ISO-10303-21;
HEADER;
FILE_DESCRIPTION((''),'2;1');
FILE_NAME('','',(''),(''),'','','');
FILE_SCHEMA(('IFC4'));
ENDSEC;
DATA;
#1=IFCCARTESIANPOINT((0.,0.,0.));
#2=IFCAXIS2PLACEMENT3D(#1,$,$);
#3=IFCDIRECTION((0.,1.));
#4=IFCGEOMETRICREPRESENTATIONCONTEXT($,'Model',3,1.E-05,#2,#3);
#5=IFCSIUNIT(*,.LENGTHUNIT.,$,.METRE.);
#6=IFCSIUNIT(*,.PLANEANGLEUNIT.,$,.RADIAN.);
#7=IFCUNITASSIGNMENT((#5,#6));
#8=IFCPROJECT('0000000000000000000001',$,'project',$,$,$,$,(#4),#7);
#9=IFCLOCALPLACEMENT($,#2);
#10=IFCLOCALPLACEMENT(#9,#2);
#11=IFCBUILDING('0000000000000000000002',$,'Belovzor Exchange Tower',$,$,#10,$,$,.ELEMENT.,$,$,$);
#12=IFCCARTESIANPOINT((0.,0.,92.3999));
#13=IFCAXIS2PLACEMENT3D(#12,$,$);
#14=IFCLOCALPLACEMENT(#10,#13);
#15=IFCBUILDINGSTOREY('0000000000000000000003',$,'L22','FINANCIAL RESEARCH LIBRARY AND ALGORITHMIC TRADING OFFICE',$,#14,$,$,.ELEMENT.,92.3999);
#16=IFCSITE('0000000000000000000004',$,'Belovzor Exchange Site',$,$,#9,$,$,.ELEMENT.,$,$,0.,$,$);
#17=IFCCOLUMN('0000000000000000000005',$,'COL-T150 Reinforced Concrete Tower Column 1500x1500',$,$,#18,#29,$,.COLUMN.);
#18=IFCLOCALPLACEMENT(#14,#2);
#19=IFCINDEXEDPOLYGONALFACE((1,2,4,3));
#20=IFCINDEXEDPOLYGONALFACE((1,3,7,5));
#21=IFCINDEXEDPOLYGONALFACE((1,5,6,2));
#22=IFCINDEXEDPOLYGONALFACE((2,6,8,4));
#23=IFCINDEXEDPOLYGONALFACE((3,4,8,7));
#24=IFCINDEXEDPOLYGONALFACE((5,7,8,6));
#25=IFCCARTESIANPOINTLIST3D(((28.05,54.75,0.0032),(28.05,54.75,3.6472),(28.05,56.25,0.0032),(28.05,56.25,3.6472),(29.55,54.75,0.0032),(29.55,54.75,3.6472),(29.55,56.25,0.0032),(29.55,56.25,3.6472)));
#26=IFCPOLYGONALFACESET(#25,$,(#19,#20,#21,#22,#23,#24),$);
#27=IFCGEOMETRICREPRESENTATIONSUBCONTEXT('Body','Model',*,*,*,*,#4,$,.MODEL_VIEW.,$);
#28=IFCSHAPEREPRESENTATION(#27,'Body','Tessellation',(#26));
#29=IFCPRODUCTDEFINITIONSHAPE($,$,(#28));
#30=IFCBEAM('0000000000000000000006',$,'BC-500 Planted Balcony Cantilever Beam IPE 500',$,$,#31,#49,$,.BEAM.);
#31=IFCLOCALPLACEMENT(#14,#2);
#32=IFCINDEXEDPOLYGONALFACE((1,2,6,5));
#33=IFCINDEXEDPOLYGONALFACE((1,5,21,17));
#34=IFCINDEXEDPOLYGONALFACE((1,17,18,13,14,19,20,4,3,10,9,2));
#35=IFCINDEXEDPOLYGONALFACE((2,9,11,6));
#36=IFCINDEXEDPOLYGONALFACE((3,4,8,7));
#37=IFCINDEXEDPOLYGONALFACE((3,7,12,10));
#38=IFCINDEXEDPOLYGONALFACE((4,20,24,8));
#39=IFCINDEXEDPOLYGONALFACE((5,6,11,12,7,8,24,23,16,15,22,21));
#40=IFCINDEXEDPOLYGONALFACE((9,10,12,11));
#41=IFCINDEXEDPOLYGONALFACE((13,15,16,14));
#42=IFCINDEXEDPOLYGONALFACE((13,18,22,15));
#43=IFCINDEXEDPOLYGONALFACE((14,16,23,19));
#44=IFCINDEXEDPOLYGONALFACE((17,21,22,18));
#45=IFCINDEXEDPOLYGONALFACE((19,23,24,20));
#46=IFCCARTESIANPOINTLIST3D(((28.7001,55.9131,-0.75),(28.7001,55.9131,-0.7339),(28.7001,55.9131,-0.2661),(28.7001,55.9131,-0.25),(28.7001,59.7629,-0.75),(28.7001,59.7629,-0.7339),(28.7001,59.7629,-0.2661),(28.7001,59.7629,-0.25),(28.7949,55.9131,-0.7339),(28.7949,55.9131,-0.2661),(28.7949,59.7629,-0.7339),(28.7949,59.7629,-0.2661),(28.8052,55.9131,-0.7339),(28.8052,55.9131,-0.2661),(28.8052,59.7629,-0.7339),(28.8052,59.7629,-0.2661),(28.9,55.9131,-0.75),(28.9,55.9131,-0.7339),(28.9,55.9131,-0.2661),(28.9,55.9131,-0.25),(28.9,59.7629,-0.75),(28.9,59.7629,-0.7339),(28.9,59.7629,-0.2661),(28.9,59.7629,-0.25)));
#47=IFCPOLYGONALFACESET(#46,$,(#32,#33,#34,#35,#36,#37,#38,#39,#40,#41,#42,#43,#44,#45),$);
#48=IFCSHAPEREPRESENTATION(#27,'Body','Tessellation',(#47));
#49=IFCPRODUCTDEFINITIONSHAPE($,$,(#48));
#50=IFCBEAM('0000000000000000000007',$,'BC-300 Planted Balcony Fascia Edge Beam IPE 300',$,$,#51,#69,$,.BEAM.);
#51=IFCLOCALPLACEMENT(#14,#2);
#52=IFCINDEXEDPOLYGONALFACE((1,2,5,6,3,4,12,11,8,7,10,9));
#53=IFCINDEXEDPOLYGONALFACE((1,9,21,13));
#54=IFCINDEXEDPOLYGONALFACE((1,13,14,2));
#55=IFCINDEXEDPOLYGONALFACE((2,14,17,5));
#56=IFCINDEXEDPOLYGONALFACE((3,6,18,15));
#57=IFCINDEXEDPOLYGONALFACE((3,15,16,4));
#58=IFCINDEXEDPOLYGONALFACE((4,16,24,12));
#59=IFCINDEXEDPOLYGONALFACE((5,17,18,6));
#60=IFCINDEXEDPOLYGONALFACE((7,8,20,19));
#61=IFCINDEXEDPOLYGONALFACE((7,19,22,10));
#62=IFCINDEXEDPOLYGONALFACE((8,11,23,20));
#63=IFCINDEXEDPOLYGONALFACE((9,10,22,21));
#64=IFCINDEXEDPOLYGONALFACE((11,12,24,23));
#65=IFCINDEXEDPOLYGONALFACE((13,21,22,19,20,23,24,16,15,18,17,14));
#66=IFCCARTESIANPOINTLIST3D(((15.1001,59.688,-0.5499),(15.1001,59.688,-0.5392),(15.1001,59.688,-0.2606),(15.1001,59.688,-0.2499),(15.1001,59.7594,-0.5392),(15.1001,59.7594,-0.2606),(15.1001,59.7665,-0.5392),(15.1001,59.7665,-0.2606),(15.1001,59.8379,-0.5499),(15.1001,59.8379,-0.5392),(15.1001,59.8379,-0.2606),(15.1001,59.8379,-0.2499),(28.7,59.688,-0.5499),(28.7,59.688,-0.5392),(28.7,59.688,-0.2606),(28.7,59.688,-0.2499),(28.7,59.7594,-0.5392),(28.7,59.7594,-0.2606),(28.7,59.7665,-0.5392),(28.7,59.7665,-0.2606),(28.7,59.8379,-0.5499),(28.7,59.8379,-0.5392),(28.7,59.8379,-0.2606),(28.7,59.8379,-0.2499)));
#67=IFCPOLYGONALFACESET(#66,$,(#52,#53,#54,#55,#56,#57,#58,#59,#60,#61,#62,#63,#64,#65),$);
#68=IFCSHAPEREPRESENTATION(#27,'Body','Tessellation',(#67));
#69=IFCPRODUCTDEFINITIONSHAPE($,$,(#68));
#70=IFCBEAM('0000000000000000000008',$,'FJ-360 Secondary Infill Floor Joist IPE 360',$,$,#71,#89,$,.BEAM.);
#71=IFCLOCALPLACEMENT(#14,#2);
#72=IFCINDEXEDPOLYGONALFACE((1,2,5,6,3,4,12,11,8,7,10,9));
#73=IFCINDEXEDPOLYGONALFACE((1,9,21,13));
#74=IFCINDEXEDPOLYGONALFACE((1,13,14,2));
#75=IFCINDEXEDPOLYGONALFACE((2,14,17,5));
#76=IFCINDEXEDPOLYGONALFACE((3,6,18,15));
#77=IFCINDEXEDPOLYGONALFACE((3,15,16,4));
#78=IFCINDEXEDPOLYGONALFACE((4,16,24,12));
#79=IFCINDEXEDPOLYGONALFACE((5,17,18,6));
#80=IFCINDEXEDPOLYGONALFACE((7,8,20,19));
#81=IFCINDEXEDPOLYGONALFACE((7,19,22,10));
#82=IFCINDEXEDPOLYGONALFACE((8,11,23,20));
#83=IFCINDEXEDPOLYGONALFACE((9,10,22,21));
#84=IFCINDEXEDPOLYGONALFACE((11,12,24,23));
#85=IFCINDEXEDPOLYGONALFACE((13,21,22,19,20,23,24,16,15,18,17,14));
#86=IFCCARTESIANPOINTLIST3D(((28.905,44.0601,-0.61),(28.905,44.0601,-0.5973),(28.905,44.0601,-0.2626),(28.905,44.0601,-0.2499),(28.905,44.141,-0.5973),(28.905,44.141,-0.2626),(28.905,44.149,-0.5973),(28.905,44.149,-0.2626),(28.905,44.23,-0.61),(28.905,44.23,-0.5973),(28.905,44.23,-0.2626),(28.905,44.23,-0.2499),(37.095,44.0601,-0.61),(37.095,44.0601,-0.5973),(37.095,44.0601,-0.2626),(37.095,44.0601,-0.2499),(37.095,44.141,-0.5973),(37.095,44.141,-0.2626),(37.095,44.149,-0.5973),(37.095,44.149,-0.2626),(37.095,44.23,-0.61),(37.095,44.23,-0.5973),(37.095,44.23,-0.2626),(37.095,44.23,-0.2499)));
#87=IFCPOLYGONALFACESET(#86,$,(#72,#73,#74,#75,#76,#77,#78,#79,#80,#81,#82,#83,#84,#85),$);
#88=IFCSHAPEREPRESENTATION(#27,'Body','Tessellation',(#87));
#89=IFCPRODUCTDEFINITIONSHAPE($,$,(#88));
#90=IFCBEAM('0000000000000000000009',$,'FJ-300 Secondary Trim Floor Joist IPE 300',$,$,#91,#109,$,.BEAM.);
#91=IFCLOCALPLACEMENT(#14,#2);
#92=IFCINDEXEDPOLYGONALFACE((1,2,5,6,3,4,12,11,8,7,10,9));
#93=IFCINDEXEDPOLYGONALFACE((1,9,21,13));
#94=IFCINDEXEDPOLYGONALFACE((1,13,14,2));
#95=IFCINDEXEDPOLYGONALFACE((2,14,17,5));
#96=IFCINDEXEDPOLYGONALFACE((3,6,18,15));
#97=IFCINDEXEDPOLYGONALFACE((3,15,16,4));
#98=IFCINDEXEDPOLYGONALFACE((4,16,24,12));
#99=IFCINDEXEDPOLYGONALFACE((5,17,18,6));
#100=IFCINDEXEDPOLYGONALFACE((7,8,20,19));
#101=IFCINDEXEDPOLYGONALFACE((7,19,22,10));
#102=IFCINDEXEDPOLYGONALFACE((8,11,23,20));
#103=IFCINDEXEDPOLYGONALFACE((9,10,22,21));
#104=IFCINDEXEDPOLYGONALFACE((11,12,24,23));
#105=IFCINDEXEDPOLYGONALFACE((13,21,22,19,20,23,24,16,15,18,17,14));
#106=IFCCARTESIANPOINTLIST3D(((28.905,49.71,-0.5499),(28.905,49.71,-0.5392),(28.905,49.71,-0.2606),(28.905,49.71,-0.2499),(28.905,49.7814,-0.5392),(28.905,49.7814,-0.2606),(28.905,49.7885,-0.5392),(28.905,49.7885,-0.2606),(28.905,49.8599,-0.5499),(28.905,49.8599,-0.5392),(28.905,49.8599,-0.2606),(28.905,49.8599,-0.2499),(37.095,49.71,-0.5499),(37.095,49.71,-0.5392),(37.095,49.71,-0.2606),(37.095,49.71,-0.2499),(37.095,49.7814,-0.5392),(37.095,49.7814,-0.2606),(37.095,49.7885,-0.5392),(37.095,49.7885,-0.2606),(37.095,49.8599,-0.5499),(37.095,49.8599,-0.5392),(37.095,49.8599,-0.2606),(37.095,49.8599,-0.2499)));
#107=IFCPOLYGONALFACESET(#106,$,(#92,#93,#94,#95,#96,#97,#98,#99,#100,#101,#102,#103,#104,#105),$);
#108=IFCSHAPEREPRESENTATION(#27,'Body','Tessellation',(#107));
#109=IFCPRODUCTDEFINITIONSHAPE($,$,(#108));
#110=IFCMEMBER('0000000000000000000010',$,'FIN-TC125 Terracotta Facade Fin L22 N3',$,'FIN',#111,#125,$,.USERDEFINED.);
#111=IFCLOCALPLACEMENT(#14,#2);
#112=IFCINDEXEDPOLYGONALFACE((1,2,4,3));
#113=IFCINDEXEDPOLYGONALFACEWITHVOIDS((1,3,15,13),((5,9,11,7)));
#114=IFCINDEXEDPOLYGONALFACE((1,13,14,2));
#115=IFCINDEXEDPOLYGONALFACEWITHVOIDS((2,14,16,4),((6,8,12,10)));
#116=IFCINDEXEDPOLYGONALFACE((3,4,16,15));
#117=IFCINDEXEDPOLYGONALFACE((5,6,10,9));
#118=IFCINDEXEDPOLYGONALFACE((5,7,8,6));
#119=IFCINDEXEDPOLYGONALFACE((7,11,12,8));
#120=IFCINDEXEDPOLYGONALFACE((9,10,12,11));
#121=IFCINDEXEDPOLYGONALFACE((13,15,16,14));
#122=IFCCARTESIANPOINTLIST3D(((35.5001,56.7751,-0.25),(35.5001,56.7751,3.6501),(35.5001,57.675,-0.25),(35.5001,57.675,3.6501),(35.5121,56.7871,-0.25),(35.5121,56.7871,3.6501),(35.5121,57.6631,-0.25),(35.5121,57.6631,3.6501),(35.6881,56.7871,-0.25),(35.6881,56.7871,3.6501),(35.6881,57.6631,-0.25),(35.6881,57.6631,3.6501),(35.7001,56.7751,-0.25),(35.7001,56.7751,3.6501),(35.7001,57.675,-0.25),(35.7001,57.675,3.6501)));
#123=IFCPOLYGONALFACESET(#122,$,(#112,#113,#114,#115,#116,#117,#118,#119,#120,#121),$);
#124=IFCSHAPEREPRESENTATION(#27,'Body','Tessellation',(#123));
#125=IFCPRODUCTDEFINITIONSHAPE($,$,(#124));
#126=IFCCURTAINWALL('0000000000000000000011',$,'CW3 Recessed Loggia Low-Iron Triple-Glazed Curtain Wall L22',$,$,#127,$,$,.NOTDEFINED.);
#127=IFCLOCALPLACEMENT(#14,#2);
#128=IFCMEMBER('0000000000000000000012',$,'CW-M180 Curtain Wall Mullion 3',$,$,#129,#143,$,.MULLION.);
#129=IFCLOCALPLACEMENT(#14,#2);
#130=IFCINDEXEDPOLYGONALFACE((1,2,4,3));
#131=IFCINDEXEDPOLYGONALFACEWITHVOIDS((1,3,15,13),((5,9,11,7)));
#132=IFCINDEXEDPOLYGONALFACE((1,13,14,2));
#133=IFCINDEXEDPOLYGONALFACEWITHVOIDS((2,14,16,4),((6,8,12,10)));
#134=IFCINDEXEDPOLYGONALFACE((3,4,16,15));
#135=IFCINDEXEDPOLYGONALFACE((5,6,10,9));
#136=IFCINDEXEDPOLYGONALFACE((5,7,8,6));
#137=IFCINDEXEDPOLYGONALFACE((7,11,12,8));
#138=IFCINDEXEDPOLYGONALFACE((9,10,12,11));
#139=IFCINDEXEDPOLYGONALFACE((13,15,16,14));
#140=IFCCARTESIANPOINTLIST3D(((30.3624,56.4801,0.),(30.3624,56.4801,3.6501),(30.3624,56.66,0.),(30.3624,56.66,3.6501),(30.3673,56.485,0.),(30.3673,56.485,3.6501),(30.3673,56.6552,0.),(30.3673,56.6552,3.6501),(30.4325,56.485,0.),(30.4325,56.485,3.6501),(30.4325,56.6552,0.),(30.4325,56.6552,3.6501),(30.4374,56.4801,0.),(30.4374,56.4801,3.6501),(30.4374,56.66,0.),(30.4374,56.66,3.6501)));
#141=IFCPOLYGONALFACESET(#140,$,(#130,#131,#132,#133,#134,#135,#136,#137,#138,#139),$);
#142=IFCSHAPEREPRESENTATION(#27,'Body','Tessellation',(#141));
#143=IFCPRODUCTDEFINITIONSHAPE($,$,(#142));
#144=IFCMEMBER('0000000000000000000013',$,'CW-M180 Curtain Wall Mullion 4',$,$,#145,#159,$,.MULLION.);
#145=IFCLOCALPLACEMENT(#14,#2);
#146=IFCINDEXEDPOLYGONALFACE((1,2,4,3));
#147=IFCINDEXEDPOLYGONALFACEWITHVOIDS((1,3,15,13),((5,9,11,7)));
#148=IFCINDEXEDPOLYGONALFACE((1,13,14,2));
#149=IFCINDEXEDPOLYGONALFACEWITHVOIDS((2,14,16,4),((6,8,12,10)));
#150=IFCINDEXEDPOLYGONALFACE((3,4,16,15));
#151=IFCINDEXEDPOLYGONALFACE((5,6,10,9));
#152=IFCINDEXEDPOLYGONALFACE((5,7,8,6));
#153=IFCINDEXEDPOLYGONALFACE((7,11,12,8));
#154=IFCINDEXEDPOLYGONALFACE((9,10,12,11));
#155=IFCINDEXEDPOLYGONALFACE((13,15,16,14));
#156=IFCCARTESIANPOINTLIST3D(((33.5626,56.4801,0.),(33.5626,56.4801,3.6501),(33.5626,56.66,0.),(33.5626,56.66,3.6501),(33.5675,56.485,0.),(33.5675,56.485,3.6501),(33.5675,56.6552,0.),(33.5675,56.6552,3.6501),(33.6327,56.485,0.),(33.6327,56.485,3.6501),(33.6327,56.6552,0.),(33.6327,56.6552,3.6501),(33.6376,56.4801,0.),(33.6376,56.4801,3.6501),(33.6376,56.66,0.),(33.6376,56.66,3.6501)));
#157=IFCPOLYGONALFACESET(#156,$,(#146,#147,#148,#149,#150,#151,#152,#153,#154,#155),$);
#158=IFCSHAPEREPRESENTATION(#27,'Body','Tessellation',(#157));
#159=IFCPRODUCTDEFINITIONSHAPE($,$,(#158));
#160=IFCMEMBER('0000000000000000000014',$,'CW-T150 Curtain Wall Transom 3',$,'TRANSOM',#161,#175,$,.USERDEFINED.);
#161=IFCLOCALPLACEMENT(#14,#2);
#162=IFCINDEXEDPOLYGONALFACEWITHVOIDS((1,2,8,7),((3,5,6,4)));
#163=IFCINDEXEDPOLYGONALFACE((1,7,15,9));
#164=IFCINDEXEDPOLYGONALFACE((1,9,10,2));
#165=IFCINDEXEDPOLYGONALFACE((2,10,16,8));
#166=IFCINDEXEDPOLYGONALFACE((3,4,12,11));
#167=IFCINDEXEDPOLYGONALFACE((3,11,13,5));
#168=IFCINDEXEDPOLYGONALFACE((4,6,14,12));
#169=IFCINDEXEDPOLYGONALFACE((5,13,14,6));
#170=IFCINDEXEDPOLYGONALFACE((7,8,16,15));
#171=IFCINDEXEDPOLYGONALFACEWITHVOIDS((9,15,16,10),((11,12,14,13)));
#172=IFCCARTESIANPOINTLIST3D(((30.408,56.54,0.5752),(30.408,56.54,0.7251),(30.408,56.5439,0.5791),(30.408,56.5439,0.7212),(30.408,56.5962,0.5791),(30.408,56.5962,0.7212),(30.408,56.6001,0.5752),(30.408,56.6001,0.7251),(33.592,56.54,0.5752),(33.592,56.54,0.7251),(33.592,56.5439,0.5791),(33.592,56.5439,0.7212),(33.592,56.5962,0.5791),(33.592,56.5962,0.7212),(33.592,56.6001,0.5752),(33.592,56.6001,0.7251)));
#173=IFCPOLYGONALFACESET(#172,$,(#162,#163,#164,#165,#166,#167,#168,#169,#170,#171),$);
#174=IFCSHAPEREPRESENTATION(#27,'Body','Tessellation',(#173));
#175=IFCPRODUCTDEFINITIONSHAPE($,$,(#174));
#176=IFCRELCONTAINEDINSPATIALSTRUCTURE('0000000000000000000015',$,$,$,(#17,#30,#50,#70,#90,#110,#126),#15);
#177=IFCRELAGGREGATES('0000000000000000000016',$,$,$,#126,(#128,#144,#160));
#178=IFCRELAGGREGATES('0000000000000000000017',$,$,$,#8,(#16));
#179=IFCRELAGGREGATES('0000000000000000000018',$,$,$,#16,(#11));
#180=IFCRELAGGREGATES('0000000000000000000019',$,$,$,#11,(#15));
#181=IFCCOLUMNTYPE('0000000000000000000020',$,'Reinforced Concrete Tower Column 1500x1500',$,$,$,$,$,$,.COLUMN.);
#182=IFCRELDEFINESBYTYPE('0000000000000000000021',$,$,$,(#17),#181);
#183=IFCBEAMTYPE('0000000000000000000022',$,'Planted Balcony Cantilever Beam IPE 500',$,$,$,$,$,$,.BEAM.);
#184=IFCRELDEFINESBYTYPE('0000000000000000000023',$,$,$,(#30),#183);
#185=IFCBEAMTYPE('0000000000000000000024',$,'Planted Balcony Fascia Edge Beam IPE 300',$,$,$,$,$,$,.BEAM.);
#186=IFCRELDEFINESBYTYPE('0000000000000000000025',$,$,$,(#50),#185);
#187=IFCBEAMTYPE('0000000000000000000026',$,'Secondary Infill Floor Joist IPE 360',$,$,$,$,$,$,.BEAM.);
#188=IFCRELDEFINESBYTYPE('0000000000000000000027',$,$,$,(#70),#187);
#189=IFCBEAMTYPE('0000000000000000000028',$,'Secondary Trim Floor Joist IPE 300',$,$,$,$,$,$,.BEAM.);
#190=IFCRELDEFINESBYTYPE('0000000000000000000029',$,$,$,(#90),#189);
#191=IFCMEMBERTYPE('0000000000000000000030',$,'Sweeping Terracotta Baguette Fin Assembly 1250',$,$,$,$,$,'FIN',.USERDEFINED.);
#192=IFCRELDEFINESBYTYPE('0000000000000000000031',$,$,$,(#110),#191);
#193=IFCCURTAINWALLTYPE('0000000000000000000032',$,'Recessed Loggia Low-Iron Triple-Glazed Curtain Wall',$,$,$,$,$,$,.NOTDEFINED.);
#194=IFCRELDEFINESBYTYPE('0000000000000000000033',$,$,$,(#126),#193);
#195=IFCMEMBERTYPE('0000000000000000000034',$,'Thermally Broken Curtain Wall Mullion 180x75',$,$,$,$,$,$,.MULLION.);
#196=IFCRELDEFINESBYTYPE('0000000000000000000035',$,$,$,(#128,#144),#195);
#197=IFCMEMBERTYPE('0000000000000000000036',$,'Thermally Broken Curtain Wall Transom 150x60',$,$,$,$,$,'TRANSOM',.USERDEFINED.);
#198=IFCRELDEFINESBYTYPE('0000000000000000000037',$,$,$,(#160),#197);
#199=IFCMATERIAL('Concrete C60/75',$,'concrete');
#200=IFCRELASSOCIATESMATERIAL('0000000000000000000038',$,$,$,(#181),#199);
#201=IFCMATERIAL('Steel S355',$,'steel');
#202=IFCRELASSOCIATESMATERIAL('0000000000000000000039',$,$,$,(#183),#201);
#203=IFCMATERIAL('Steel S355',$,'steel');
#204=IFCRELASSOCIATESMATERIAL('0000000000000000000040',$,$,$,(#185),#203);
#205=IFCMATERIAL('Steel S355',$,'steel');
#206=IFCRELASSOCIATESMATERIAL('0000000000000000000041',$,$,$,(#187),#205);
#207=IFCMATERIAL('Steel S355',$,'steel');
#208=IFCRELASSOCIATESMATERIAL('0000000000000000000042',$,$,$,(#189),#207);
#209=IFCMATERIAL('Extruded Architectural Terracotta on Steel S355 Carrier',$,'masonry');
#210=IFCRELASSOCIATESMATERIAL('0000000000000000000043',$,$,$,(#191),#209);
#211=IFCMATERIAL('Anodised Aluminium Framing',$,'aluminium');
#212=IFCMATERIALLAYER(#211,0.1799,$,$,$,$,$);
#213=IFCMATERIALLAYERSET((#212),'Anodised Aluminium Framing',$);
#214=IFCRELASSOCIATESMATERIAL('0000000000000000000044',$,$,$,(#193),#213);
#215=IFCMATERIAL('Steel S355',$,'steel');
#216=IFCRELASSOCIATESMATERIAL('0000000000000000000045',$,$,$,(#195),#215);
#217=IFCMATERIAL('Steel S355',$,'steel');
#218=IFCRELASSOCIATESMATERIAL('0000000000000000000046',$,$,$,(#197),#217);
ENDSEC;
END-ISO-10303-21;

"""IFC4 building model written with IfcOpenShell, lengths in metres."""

from ifc_helpers import new_model, si_unit, direction, frame, origin, origin_2d, place, context, subcontext, project, spatial, rectangle, hollow_rectangle, i_section, extrude, material, layer, layer_set, material_profile, profile_set, type_object, element, aggregate, save


model = new_model("IFC4")

# Units and contexts
model_context = context("Model", 3, precision=1e-05, world=origin(), true_north=direction((0.0, 1.0)))
body_context = subcontext(model_context, "Body", "Model", "MODEL_VIEW")
ifc_project = project(units=[si_unit("LENGTHUNIT", "METRE"), si_unit("PLANEANGLEUNIT", "RADIAN")], contexts=[model_context])

# Site, building, storey
site_placement = place(None, origin())
site = spatial("IfcSite", under=ifc_project, at=site_placement, Name="Belovzor Exchange Site", CompositionType="ELEMENT", RefElevation=0.0)
building_placement = place(site_placement, origin())
building = spatial("IfcBuilding", under=site, at=building_placement, Name="Belovzor Exchange Tower", CompositionType="ELEMENT")
storey_placement = place(building_placement, frame((0.0, 0.0, 92.3999)))
storey = spatial("IfcBuildingStorey", under=building, at=storey_placement, Name="L22", Description="FINANCIAL RESEARCH LIBRARY AND ALGORITHMIC TRADING OFFICE", CompositionType="ELEMENT", Elevation=92.3999)

# Column
ifc_material_1 = material(Name="Concrete C60/75", Category="concrete")
ifc_material_profile_1 = material_profile(ifc_material_1, rectangle(XDim=1.5, YDim=1.5, at=origin_2d()))
ifc_profile_set_1 = profile_set([ifc_material_profile_1], Name="Concrete C60/75")
column_type = type_object("IfcColumnType", Name="Reinforced Concrete Tower Column 1500x1500", PredefinedType="COLUMN", material=ifc_profile_set_1)
column_placement = place(storey_placement, frame((28.8, 55.5, 0.0032), z_axis=(0.0, 0.0, 1.0), x_axis=(1.0, 0.0, 0.0)))
element("IfcColumn", 1, at=column_placement, inside=storey, type_object=column_type, Name="COL-T150 Reinforced Concrete Tower Column 1500x1500", PredefinedType="COLUMN", context=body_context, shape_type="SweptSolid", body=[
    extrude(rectangle(XDim=1.5, YDim=1.5, at=origin_2d()), origin(), (0.0, 0.0, 1.0), 3.644),
])

# Beams
ifc_material_2 = material(Name="Steel S355", Category="steel")
ifc_material_profile_2 = material_profile(ifc_material_2, i_section(OverallWidth=0.2, OverallDepth=0.5, WebThickness=0.0103, FlangeThickness=0.0161, at=origin_2d()))
ifc_profile_set_2 = profile_set([ifc_material_profile_2], Name="Steel S355")
beam_type_1 = type_object("IfcBeamType", Name="Planted Balcony Cantilever Beam IPE 500", PredefinedType="BEAM", material=ifc_profile_set_2)
beam_1_placement = place(storey_placement, frame((28.8, 55.9131, -0.5), z_axis=(0.0, 1.0, 0.0), x_axis=(-1.0, 0.0, 0.0)))
element("IfcBeam", 2, at=beam_1_placement, inside=storey, type_object=beam_type_1, Name="BC-500 Planted Balcony Cantilever Beam IPE 500", PredefinedType="BEAM", context=body_context, shape_type="SweptSolid", body=[
    extrude(i_section(OverallWidth=0.2, OverallDepth=0.5, WebThickness=0.0103, FlangeThickness=0.0161, at=origin_2d()), origin(), (0.0, 0.0, 1.0), 3.8499),
])
ifc_material_3 = material(Name="Steel S355", Category="steel")
ifc_material_profile_3 = material_profile(ifc_material_3, i_section(OverallWidth=0.1499, OverallDepth=0.3, WebThickness=0.0071, FlangeThickness=0.0107, at=origin_2d()))
ifc_profile_set_3 = profile_set([ifc_material_profile_3], Name="Steel S355")
beam_type_2 = type_object("IfcBeamType", Name="Planted Balcony Fascia Edge Beam IPE 300", PredefinedType="BEAM", material=ifc_profile_set_3)
beam_2_placement = place(storey_placement, frame((28.7, 59.7629, -0.3999), z_axis=(-1.0, 0.0, 0.0), x_axis=(0.0, -1.0, 0.0)))
element("IfcBeam", 3, at=beam_2_placement, inside=storey, type_object=beam_type_2, Name="BC-300 Planted Balcony Fascia Edge Beam IPE 300", PredefinedType="BEAM", context=body_context, shape_type="SweptSolid", body=[
    extrude(i_section(OverallWidth=0.1499, OverallDepth=0.3, WebThickness=0.0071, FlangeThickness=0.0107, at=origin_2d()), origin(), (0.0, 0.0, 1.0), 13.5999),
])
ifc_material_4 = material(Name="Steel S355", Category="steel")
ifc_material_profile_4 = material_profile(ifc_material_4, i_section(OverallWidth=0.1699, OverallDepth=0.3601, WebThickness=0.0081, FlangeThickness=0.0127, at=origin_2d()))
ifc_profile_set_4 = profile_set([ifc_material_profile_4], Name="Steel S355")
beam_type_3 = type_object("IfcBeamType", Name="Secondary Infill Floor Joist IPE 360", PredefinedType="BEAM", material=ifc_profile_set_4)
beam_3_placement = place(storey_placement, frame((28.905, 44.145, -0.4299), z_axis=(1.0, 0.0, 0.0), x_axis=(0.0, 1.0, 0.0)))
element("IfcBeam", 4, at=beam_3_placement, inside=storey, type_object=beam_type_3, Name="FJ-360 Secondary Infill Floor Joist IPE 360", PredefinedType="BEAM", context=body_context, shape_type="SweptSolid", body=[
    extrude(i_section(OverallWidth=0.1699, OverallDepth=0.3601, WebThickness=0.0081, FlangeThickness=0.0127, at=origin_2d()), origin(), (0.0, 0.0, 1.0), 8.1899),
])
ifc_material_5 = material(Name="Steel S355", Category="steel")
ifc_material_profile_5 = material_profile(ifc_material_5, i_section(OverallWidth=0.1499, OverallDepth=0.3, WebThickness=0.0071, FlangeThickness=0.0107, at=origin_2d()))
ifc_profile_set_5 = profile_set([ifc_material_profile_5], Name="Steel S355")
beam_type_4 = type_object("IfcBeamType", Name="Secondary Trim Floor Joist IPE 300", PredefinedType="BEAM", material=ifc_profile_set_5)
beam_4_placement = place(storey_placement, frame((28.905, 49.7849, -0.3999), z_axis=(1.0, 0.0, 0.0), x_axis=(0.0, 1.0, 0.0)))
element("IfcBeam", 5, at=beam_4_placement, inside=storey, type_object=beam_type_4, Name="FJ-300 Secondary Trim Floor Joist IPE 300", PredefinedType="BEAM", context=body_context, shape_type="SweptSolid", body=[
    extrude(i_section(OverallWidth=0.1499, OverallDepth=0.3, WebThickness=0.0071, FlangeThickness=0.0107, at=origin_2d()), origin(), (0.0, 0.0, 1.0), 8.1899),
])

# Member
ifc_material_6 = material(Name="Extruded Architectural Terracotta on Steel S355 Carrier", Category="masonry")
ifc_material_profile_6 = material_profile(ifc_material_6, hollow_rectangle(XDim=0.2, YDim=0.8999, WallThickness=0.012, at=origin_2d()))
ifc_profile_set_6 = profile_set([ifc_material_profile_6], Name="Extruded Architectural Terracotta on Steel S355 Carrier")
member_type_1 = type_object("IfcMemberType", Name="Sweeping Terracotta Baguette Fin Assembly 1250", ElementType="FIN", PredefinedType="USERDEFINED", material=ifc_profile_set_6)
member_1_placement = place(storey_placement, frame((35.6001, 57.2251, -0.25), z_axis=(0.0, 0.0, 1.0), x_axis=(1.0, 0.0, 0.0)))
element("IfcMember", 6, at=member_1_placement, inside=storey, type_object=member_type_1, Name="FIN-TC125 Terracotta Facade Fin L22 N3", ObjectType="FIN", PredefinedType="USERDEFINED", context=body_context, shape_type="SweptSolid", body=[
    extrude(hollow_rectangle(XDim=0.2, YDim=0.8999, WallThickness=0.012, at=origin_2d()), origin(), (0.0, 0.0, 1.0), 3.9001),
])

# Curtain wall, members
ifc_material_7 = material(Name="Anodised Aluminium Framing", Category="aluminium")
ifc_layer_1 = layer(ifc_material_7, 0.1799)
ifc_layer_set_1 = layer_set([ifc_layer_1], Name="Anodised Aluminium Framing")
curtain_wall_type = type_object("IfcCurtainWallType", Name="Recessed Loggia Low-Iron Triple-Glazed Curtain Wall", PredefinedType="NOTDEFINED", material=ifc_layer_set_1)
curtain_wall_placement = place(storey_placement, origin())
curtain_wall = element("IfcCurtainWall", 7, at=curtain_wall_placement, inside=storey, type_object=curtain_wall_type, Name="CW3 Recessed Loggia Low-Iron Triple-Glazed Curtain Wall L22", PredefinedType="NOTDEFINED")
ifc_material_8 = material(Name="Steel S355", Category="steel")
ifc_material_profile_7 = material_profile(ifc_material_8, hollow_rectangle(XDim=0.075, YDim=0.1799, WallThickness=0.0049, at=origin_2d()))
ifc_profile_set_7 = profile_set([ifc_material_profile_7], Name="Steel S355")
member_type_2 = type_object("IfcMemberType", Name="Thermally Broken Curtain Wall Mullion 180x75", PredefinedType="MULLION", material=ifc_profile_set_7)
member_2_placement = place(storey_placement, frame((30.3999, 56.5701, 0.0), z_axis=(0.0, 0.0, 1.0), x_axis=(1.0, 0.0, 0.0)))
member_2 = element("IfcMember", 8, at=member_2_placement, type_object=member_type_2, Name="CW-M180 Curtain Wall Mullion 3", PredefinedType="MULLION", context=body_context, shape_type="SweptSolid", body=[
    extrude(hollow_rectangle(XDim=0.075, YDim=0.1799, WallThickness=0.0049, at=origin_2d()), origin(), (0.0, 0.0, 1.0), 3.6501),
])
member_3_placement = place(storey_placement, frame((33.6001, 56.5701, 0.0), z_axis=(0.0, 0.0, 1.0), x_axis=(1.0, 0.0, 0.0)))
member_3 = element("IfcMember", 9, at=member_3_placement, type_object=member_type_2, Name="CW-M180 Curtain Wall Mullion 4", PredefinedType="MULLION", context=body_context, shape_type="SweptSolid", body=[
    extrude(hollow_rectangle(XDim=0.075, YDim=0.1799, WallThickness=0.0049, at=origin_2d()), origin(), (0.0, 0.0, 1.0), 3.6501),
])
ifc_material_9 = material(Name="Steel S355", Category="steel")
ifc_material_profile_8 = material_profile(ifc_material_9, hollow_rectangle(XDim=0.0601, YDim=0.1499, WallThickness=0.0039, at=origin_2d()))
ifc_profile_set_8 = profile_set([ifc_material_profile_8], Name="Steel S355")
member_type_3 = type_object("IfcMemberType", Name="Thermally Broken Curtain Wall Transom 150x60", ElementType="TRANSOM", PredefinedType="USERDEFINED", material=ifc_profile_set_8)
member_4_placement = place(storey_placement, frame((30.408, 56.5701, 0.6501), z_axis=(1.0, 0.0, 0.0), x_axis=(0.0, 1.0, 0.0)))
member_4 = element("IfcMember", 10, at=member_4_placement, type_object=member_type_3, Name="CW-T150 Curtain Wall Transom 3", ObjectType="TRANSOM", PredefinedType="USERDEFINED", context=body_context, shape_type="SweptSolid", body=[
    extrude(hollow_rectangle(XDim=0.0601, YDim=0.1499, WallThickness=0.0039, at=origin_2d()), origin(), (0.0, 0.0, 1.0), 3.1841),
])

aggregate(curtain_wall, [member_2, member_3, member_4])

save(model, "model.ifc")
